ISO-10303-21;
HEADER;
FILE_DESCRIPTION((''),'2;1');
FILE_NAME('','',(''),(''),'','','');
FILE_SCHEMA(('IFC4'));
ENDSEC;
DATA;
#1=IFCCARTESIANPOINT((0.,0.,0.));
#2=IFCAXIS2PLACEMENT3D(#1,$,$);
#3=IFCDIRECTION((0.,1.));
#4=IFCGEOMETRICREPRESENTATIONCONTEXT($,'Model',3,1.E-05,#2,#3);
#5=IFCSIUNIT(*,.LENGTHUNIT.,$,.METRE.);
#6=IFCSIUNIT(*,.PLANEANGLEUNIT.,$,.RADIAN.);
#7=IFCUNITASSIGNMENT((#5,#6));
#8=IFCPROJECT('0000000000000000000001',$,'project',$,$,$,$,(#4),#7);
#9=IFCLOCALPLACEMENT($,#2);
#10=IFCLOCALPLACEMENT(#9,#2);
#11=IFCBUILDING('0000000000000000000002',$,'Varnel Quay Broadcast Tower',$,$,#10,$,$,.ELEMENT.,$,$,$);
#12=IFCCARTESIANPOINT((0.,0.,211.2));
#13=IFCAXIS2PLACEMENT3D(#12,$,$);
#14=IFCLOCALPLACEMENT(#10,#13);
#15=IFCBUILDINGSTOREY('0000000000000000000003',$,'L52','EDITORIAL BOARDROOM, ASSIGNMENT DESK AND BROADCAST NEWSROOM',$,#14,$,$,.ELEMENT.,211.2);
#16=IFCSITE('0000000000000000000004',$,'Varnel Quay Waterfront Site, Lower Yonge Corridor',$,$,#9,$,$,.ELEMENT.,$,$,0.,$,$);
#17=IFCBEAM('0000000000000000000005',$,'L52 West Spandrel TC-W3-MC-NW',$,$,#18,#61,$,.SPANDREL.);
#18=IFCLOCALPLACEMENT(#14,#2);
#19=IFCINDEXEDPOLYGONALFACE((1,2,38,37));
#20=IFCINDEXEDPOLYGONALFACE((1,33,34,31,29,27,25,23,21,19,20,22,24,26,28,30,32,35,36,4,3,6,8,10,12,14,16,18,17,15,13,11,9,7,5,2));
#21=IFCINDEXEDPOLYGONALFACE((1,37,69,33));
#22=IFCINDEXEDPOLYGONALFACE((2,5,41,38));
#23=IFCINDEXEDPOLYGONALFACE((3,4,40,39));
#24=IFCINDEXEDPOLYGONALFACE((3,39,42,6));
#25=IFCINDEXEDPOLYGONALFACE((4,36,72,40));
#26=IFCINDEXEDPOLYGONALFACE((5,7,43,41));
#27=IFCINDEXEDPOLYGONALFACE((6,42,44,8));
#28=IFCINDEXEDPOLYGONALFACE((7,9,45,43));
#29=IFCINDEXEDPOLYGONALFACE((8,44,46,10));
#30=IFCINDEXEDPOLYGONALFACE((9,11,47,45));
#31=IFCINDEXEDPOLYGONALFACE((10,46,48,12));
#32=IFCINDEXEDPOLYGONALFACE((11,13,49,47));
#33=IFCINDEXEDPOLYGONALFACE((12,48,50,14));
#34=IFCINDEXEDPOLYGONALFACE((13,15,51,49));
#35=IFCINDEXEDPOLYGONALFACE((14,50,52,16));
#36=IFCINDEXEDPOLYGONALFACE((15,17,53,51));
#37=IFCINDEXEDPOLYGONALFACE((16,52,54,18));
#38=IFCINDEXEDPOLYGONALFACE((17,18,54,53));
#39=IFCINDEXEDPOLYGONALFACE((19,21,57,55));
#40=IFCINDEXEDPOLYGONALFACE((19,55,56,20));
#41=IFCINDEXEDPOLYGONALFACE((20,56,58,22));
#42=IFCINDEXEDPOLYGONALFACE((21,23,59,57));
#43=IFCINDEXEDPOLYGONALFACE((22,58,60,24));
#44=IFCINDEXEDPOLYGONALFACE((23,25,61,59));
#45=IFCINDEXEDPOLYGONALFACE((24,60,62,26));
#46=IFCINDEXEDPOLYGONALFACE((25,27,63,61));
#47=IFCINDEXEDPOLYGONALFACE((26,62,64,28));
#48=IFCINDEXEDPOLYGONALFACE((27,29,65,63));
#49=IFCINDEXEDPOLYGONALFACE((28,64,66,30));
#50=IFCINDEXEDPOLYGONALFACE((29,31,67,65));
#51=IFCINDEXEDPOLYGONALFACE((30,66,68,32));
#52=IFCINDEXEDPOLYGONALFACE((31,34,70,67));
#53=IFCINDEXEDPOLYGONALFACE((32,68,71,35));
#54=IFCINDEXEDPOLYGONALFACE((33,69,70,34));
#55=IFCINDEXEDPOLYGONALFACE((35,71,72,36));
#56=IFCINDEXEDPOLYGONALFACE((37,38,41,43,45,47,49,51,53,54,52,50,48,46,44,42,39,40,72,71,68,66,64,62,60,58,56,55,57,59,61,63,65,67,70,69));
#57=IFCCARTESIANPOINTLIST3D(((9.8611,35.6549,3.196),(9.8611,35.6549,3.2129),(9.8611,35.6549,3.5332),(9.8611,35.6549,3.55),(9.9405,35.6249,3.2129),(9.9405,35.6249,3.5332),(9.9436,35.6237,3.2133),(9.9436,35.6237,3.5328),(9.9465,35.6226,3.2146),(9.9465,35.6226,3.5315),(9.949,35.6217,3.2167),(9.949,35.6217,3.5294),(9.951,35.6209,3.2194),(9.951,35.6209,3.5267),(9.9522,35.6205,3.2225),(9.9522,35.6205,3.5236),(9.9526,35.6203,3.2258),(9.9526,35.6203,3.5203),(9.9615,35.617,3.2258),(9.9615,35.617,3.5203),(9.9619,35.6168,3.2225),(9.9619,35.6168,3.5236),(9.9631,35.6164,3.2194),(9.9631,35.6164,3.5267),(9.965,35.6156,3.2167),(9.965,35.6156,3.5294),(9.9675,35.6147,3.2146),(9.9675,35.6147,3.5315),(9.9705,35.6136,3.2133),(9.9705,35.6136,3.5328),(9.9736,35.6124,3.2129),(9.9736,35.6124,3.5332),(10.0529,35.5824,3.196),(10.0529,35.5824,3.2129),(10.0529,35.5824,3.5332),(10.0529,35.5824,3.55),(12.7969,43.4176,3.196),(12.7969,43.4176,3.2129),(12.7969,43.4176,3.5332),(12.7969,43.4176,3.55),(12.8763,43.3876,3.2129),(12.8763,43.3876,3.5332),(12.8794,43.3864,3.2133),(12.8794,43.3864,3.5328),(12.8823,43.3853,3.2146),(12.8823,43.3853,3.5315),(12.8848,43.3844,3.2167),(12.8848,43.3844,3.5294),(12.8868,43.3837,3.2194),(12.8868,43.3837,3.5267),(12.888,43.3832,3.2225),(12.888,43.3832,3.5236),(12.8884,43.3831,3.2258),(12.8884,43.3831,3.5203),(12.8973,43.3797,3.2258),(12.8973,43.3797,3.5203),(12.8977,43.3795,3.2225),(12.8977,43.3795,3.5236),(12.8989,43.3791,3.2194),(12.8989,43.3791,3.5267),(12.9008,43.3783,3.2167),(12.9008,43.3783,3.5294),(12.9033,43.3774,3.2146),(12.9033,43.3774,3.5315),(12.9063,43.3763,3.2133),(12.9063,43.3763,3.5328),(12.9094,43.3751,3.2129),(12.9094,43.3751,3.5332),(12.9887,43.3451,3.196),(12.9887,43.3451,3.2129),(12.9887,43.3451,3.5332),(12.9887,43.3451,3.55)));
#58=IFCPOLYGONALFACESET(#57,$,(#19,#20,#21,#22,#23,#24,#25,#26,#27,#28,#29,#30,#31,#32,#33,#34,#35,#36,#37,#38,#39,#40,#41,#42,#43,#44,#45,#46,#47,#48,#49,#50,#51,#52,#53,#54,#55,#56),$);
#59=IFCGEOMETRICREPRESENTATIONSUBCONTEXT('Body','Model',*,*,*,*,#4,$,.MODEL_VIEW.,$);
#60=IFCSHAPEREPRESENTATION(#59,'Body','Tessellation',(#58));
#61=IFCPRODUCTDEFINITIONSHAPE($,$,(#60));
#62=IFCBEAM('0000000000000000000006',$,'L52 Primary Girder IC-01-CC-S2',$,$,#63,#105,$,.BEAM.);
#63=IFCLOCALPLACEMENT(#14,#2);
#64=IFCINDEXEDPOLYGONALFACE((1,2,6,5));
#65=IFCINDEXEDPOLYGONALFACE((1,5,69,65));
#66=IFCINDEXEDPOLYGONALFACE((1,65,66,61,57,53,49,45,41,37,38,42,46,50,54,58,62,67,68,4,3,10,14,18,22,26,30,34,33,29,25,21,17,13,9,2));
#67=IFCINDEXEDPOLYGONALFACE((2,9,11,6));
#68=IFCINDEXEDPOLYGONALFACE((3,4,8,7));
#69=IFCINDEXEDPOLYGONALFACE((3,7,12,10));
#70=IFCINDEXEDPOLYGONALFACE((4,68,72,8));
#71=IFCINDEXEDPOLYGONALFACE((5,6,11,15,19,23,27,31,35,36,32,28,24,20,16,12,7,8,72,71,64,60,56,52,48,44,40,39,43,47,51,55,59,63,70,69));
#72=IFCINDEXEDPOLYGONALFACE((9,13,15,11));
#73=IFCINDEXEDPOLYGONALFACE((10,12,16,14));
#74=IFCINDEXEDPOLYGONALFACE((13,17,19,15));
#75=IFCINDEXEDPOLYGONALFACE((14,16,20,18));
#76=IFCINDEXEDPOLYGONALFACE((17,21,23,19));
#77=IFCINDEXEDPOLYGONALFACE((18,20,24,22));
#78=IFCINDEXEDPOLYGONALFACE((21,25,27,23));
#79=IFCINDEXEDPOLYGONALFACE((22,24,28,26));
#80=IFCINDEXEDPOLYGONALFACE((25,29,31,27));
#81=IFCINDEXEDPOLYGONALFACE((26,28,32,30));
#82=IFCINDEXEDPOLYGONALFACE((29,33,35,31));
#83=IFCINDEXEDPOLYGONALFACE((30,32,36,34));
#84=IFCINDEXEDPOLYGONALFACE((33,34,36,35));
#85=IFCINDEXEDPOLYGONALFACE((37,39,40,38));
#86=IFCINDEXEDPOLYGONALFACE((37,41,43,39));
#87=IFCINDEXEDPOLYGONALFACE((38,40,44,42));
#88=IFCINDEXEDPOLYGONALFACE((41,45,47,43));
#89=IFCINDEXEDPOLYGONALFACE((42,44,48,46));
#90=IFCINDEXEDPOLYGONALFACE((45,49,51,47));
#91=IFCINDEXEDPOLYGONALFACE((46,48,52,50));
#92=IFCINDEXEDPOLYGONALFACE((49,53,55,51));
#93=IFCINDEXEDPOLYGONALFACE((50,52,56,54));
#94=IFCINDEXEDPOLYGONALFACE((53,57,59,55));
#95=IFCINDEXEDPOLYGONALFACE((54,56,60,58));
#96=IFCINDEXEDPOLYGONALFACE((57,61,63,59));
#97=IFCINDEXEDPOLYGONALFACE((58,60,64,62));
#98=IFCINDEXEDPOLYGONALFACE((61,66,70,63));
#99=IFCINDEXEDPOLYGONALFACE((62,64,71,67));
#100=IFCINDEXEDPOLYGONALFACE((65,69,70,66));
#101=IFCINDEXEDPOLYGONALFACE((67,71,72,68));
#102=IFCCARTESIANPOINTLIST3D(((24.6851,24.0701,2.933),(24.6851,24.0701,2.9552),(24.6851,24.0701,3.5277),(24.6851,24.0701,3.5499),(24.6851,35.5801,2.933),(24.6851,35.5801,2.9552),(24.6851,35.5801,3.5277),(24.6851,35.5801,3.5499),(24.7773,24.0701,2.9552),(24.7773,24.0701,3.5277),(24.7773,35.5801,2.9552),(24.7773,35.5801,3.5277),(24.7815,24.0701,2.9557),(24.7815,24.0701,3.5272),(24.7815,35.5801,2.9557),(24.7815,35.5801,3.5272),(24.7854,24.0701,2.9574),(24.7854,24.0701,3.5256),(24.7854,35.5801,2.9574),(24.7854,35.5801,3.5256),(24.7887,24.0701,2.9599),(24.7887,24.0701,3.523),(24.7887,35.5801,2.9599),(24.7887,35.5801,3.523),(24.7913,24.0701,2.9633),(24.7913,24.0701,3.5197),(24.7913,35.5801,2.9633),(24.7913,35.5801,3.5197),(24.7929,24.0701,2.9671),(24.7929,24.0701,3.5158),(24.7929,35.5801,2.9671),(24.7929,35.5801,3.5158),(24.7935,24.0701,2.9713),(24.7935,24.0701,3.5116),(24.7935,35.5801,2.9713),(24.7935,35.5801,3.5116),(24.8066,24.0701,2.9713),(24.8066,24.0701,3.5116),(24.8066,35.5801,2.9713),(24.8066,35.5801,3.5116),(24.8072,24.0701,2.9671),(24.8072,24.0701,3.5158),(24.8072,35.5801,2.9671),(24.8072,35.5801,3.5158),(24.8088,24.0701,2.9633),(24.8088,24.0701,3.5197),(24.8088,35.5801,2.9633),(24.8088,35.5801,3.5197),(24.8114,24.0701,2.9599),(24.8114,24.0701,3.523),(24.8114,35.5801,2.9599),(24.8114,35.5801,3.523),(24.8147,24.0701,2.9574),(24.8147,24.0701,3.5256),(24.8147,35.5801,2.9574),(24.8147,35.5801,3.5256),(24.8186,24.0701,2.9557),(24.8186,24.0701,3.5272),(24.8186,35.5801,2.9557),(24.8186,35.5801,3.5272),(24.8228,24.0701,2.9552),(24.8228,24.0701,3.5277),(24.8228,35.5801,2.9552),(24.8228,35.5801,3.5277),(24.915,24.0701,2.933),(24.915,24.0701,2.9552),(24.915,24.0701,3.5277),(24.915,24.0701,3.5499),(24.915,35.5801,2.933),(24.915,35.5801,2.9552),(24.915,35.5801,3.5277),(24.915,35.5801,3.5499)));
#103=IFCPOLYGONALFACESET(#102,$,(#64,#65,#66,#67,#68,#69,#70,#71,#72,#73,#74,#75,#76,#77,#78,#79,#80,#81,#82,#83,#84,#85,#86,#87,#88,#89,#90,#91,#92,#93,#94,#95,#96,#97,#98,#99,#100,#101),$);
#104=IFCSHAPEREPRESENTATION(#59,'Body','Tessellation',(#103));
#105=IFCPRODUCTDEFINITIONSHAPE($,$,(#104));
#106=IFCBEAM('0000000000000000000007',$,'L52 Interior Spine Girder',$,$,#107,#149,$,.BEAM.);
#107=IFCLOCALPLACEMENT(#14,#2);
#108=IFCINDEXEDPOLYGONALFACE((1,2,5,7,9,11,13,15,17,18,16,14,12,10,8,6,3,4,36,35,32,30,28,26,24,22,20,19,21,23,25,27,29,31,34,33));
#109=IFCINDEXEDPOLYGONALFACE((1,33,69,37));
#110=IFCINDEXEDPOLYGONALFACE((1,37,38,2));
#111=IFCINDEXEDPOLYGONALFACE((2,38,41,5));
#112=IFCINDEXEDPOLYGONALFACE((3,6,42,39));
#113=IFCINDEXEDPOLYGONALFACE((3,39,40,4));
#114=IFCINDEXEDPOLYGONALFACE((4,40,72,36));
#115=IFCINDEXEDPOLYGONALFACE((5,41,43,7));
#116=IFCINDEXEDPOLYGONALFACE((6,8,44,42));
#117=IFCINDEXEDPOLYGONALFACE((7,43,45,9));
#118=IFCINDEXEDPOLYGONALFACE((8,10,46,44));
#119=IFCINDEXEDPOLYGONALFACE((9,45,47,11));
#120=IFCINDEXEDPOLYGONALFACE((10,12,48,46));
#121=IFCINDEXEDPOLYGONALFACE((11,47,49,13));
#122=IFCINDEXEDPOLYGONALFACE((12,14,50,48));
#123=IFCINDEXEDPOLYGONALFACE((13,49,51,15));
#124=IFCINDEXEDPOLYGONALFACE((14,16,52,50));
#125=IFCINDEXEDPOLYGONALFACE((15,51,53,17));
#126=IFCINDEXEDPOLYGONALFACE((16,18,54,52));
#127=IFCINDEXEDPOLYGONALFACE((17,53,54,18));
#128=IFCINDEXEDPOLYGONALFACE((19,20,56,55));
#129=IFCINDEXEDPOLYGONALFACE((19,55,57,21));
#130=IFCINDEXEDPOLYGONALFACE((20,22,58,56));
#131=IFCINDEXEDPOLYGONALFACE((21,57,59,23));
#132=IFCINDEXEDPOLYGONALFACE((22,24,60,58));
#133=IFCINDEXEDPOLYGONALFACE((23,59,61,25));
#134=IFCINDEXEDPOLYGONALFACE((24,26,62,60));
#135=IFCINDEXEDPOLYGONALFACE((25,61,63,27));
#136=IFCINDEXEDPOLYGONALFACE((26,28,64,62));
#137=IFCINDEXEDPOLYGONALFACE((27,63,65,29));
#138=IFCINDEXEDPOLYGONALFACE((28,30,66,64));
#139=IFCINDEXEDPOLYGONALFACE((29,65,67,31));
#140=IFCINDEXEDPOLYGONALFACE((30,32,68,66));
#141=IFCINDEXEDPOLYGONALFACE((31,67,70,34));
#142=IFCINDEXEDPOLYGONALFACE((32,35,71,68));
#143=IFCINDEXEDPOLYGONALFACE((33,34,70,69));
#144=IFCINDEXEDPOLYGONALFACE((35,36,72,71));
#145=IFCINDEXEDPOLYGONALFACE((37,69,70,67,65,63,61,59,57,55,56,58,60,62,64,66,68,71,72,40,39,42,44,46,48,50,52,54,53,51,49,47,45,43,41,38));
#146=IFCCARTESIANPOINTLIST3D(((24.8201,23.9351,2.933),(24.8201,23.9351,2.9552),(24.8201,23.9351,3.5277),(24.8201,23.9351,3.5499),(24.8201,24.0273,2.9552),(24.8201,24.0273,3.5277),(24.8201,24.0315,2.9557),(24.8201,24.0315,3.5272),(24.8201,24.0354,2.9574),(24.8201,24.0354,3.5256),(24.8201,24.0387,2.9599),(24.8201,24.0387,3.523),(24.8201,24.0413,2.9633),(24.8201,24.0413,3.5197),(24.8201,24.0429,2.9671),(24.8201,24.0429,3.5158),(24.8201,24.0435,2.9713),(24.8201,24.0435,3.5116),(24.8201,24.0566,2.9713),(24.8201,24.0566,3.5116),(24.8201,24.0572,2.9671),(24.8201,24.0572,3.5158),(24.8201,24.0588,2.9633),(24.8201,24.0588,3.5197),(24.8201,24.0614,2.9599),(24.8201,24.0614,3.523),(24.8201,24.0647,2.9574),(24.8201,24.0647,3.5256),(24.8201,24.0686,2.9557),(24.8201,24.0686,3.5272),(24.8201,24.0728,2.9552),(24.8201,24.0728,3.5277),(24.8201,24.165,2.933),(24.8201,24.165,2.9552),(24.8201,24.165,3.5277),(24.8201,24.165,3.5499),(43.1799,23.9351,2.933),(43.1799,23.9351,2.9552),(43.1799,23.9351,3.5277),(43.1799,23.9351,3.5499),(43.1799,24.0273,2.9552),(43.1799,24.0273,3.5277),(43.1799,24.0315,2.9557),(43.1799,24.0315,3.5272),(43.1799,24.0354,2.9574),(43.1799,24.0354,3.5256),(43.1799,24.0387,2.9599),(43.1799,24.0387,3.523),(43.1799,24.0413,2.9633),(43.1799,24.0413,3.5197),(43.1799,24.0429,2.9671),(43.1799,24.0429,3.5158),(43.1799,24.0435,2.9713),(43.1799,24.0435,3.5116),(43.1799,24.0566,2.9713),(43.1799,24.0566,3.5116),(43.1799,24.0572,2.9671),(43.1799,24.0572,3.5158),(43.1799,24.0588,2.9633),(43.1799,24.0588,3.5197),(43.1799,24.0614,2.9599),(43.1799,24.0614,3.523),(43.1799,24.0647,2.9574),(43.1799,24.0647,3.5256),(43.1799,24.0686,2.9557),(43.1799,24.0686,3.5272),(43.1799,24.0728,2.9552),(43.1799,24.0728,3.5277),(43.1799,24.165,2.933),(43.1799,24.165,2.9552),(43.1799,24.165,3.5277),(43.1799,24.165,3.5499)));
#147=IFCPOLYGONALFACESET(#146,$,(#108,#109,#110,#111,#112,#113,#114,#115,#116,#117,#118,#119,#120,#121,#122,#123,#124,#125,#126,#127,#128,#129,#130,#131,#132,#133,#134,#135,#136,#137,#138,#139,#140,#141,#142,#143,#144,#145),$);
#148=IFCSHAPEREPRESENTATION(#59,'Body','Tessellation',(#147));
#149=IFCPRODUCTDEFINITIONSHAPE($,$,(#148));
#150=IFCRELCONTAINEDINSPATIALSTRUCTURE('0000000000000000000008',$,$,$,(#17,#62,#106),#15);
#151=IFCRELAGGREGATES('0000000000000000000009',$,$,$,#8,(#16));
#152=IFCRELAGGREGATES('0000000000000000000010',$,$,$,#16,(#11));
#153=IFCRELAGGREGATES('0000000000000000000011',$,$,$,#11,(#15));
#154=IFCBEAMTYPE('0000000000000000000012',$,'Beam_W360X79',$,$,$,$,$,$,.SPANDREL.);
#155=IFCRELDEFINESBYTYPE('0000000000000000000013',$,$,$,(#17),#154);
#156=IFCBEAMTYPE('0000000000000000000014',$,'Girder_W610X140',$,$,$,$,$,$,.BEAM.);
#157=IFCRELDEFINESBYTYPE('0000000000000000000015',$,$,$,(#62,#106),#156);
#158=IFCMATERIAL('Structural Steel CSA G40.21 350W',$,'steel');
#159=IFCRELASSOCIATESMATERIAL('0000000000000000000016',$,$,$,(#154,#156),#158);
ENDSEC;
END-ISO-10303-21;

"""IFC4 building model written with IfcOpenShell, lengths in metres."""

from ifc_helpers import new_model, si_unit, direction, frame, origin, origin_2d, place, context, subcontext, project, spatial, i_section, extrude, source, transform, mapped, material, material_profile, profile_set, type_object, type_shapes, element, save


model = new_model("IFC4")

# Units and contexts
model_context = context("Model", 3, precision=1e-05, world=origin(), true_north=direction((0.0, 1.0)))
body_context = subcontext(model_context, "Body", "Model", "MODEL_VIEW")
ifc_project = project(units=[si_unit("LENGTHUNIT", "METRE"), si_unit("PLANEANGLEUNIT", "RADIAN")], contexts=[model_context])

# Site, building, storey
site_placement = place(None, origin())
site = spatial("IfcSite", under=ifc_project, at=site_placement, Name="Varnel Quay Waterfront Site, Lower Yonge Corridor", CompositionType="ELEMENT", RefElevation=0.0)
building_placement = place(site_placement, origin())
building = spatial("IfcBuilding", under=site, at=building_placement, Name="Varnel Quay Broadcast Tower", CompositionType="ELEMENT")
storey_placement = place(building_placement, frame((0.0, 0.0, 211.2)))
storey = spatial("IfcBuildingStorey", under=building, at=storey_placement, Name="L52", Description="EDITORIAL BOARDROOM, ASSIGNMENT DESK AND BROADCAST NEWSROOM", CompositionType="ELEMENT", Elevation=211.2)

# Shared definitions
ifc_material_1 = material(Name="Structural Steel CSA G40.21 350W", Category="steel")

# Beams
ifc_material_profile_1 = material_profile(ifc_material_1, i_section(OverallWidth=0.2051, OverallDepth=0.354, WebThickness=0.0095, FlangeThickness=0.0168, FilletRadius=0.0129, at=origin_2d()), Name="W360X79")
ifc_profile_set_1 = profile_set([ifc_material_profile_1], Name="Structural Steel CSA G40.21 350W")
beam_type_1 = type_object("IfcBeamType", Name="Beam_W360X79", PredefinedType="SPANDREL", material=ifc_profile_set_1)
shared_shape_1 = source(origin(), body_context, "Body", "SweptSolid", [
    extrude(i_section(OverallWidth=0.2051, OverallDepth=0.354, WebThickness=0.0095, FlangeThickness=0.0168, FilletRadius=0.0129, at=origin_2d()), origin(), (0.0, 0.0, 1.0), 8.2993),
])
beam_1_placement = place(storey_placement, frame((9.957, 35.6187, 3.373), z_axis=(0.35374, 0.935344, 0.0), x_axis=(-0.935344, 0.35374, 0.0)))
element("IfcBeam", 1, at=beam_1_placement, inside=storey, type_object=beam_type_1, Name="L52 West Spandrel TC-W3-MC-NW", PredefinedType="SPANDREL", context=body_context, shape_type="MappedRepresentation", body=[
    mapped(shared_shape_1, transform((0.0, 0.0, 0.0), x_axis=(1.0, 0.0, 0.0), y_axis=(0.0, 1.0, 0.0), z_axis=(0.0, 0.0, 1.0), scale=1.0)),
])
ifc_material_profile_2 = material_profile(ifc_material_1, i_section(OverallWidth=0.23, OverallDepth=0.6169, WebThickness=0.0132, FlangeThickness=0.0222, FilletRadius=0.0161, at=origin_2d()), Name="W610X140")
ifc_profile_set_2 = profile_set([ifc_material_profile_2], Name="Structural Steel CSA G40.21 350W")
beam_type_2 = type_object("IfcBeamType", Name="Girder_W610X140", PredefinedType="BEAM", material=ifc_profile_set_2)
shared_shape_2 = source(origin(), body_context, "Body", "SweptSolid", [
    extrude(i_section(OverallWidth=0.23, OverallDepth=0.6169, WebThickness=0.0132, FlangeThickness=0.0222, FilletRadius=0.0161, at=origin_2d()), origin(), (0.0, 0.0, 1.0), 11.51),
])
beam_2_placement = place(storey_placement, frame((24.8, 24.0701, 3.2415), z_axis=(0.0, 1.0, 0.0), x_axis=(-1.0, 0.0, 0.0)))
element("IfcBeam", 2, at=beam_2_placement, inside=storey, type_object=beam_type_2, Name="L52 Primary Girder IC-01-CC-S2", PredefinedType="BEAM", context=body_context, shape_type="MappedRepresentation", body=[
    mapped(shared_shape_2, transform((0.0, 0.0, 0.0), x_axis=(1.0, 0.0, 0.0), y_axis=(0.0, 1.0, 0.0), z_axis=(0.0, 0.0, 1.0), scale=1.0)),
])
shared_shape_3 = source(origin(), body_context, "Body", "SweptSolid", [
    extrude(i_section(OverallWidth=0.23, OverallDepth=0.6169, WebThickness=0.0132, FlangeThickness=0.0222, FilletRadius=0.0161, at=origin_2d()), origin(), (0.0, 0.0, 1.0), 18.3599),
])
type_shapes(beam_type_2, [shared_shape_2, shared_shape_3])
beam_3_placement = place(storey_placement, frame((24.8201, 24.05, 3.2415), z_axis=(1.0, 0.0, 0.0), x_axis=(0.0, 1.0, 0.0)))
element("IfcBeam", 3, at=beam_3_placement, inside=storey, type_object=beam_type_2, Name="L52 Interior Spine Girder", PredefinedType="BEAM", context=body_context, shape_type="MappedRepresentation", body=[
    mapped(shared_shape_3, transform((0.0, 0.0, 0.0), x_axis=(1.0, 0.0, 0.0), y_axis=(0.0, 1.0, 0.0), z_axis=(0.0, 0.0, 1.0), scale=1.0)),
])

save(model, "model.ifc")
